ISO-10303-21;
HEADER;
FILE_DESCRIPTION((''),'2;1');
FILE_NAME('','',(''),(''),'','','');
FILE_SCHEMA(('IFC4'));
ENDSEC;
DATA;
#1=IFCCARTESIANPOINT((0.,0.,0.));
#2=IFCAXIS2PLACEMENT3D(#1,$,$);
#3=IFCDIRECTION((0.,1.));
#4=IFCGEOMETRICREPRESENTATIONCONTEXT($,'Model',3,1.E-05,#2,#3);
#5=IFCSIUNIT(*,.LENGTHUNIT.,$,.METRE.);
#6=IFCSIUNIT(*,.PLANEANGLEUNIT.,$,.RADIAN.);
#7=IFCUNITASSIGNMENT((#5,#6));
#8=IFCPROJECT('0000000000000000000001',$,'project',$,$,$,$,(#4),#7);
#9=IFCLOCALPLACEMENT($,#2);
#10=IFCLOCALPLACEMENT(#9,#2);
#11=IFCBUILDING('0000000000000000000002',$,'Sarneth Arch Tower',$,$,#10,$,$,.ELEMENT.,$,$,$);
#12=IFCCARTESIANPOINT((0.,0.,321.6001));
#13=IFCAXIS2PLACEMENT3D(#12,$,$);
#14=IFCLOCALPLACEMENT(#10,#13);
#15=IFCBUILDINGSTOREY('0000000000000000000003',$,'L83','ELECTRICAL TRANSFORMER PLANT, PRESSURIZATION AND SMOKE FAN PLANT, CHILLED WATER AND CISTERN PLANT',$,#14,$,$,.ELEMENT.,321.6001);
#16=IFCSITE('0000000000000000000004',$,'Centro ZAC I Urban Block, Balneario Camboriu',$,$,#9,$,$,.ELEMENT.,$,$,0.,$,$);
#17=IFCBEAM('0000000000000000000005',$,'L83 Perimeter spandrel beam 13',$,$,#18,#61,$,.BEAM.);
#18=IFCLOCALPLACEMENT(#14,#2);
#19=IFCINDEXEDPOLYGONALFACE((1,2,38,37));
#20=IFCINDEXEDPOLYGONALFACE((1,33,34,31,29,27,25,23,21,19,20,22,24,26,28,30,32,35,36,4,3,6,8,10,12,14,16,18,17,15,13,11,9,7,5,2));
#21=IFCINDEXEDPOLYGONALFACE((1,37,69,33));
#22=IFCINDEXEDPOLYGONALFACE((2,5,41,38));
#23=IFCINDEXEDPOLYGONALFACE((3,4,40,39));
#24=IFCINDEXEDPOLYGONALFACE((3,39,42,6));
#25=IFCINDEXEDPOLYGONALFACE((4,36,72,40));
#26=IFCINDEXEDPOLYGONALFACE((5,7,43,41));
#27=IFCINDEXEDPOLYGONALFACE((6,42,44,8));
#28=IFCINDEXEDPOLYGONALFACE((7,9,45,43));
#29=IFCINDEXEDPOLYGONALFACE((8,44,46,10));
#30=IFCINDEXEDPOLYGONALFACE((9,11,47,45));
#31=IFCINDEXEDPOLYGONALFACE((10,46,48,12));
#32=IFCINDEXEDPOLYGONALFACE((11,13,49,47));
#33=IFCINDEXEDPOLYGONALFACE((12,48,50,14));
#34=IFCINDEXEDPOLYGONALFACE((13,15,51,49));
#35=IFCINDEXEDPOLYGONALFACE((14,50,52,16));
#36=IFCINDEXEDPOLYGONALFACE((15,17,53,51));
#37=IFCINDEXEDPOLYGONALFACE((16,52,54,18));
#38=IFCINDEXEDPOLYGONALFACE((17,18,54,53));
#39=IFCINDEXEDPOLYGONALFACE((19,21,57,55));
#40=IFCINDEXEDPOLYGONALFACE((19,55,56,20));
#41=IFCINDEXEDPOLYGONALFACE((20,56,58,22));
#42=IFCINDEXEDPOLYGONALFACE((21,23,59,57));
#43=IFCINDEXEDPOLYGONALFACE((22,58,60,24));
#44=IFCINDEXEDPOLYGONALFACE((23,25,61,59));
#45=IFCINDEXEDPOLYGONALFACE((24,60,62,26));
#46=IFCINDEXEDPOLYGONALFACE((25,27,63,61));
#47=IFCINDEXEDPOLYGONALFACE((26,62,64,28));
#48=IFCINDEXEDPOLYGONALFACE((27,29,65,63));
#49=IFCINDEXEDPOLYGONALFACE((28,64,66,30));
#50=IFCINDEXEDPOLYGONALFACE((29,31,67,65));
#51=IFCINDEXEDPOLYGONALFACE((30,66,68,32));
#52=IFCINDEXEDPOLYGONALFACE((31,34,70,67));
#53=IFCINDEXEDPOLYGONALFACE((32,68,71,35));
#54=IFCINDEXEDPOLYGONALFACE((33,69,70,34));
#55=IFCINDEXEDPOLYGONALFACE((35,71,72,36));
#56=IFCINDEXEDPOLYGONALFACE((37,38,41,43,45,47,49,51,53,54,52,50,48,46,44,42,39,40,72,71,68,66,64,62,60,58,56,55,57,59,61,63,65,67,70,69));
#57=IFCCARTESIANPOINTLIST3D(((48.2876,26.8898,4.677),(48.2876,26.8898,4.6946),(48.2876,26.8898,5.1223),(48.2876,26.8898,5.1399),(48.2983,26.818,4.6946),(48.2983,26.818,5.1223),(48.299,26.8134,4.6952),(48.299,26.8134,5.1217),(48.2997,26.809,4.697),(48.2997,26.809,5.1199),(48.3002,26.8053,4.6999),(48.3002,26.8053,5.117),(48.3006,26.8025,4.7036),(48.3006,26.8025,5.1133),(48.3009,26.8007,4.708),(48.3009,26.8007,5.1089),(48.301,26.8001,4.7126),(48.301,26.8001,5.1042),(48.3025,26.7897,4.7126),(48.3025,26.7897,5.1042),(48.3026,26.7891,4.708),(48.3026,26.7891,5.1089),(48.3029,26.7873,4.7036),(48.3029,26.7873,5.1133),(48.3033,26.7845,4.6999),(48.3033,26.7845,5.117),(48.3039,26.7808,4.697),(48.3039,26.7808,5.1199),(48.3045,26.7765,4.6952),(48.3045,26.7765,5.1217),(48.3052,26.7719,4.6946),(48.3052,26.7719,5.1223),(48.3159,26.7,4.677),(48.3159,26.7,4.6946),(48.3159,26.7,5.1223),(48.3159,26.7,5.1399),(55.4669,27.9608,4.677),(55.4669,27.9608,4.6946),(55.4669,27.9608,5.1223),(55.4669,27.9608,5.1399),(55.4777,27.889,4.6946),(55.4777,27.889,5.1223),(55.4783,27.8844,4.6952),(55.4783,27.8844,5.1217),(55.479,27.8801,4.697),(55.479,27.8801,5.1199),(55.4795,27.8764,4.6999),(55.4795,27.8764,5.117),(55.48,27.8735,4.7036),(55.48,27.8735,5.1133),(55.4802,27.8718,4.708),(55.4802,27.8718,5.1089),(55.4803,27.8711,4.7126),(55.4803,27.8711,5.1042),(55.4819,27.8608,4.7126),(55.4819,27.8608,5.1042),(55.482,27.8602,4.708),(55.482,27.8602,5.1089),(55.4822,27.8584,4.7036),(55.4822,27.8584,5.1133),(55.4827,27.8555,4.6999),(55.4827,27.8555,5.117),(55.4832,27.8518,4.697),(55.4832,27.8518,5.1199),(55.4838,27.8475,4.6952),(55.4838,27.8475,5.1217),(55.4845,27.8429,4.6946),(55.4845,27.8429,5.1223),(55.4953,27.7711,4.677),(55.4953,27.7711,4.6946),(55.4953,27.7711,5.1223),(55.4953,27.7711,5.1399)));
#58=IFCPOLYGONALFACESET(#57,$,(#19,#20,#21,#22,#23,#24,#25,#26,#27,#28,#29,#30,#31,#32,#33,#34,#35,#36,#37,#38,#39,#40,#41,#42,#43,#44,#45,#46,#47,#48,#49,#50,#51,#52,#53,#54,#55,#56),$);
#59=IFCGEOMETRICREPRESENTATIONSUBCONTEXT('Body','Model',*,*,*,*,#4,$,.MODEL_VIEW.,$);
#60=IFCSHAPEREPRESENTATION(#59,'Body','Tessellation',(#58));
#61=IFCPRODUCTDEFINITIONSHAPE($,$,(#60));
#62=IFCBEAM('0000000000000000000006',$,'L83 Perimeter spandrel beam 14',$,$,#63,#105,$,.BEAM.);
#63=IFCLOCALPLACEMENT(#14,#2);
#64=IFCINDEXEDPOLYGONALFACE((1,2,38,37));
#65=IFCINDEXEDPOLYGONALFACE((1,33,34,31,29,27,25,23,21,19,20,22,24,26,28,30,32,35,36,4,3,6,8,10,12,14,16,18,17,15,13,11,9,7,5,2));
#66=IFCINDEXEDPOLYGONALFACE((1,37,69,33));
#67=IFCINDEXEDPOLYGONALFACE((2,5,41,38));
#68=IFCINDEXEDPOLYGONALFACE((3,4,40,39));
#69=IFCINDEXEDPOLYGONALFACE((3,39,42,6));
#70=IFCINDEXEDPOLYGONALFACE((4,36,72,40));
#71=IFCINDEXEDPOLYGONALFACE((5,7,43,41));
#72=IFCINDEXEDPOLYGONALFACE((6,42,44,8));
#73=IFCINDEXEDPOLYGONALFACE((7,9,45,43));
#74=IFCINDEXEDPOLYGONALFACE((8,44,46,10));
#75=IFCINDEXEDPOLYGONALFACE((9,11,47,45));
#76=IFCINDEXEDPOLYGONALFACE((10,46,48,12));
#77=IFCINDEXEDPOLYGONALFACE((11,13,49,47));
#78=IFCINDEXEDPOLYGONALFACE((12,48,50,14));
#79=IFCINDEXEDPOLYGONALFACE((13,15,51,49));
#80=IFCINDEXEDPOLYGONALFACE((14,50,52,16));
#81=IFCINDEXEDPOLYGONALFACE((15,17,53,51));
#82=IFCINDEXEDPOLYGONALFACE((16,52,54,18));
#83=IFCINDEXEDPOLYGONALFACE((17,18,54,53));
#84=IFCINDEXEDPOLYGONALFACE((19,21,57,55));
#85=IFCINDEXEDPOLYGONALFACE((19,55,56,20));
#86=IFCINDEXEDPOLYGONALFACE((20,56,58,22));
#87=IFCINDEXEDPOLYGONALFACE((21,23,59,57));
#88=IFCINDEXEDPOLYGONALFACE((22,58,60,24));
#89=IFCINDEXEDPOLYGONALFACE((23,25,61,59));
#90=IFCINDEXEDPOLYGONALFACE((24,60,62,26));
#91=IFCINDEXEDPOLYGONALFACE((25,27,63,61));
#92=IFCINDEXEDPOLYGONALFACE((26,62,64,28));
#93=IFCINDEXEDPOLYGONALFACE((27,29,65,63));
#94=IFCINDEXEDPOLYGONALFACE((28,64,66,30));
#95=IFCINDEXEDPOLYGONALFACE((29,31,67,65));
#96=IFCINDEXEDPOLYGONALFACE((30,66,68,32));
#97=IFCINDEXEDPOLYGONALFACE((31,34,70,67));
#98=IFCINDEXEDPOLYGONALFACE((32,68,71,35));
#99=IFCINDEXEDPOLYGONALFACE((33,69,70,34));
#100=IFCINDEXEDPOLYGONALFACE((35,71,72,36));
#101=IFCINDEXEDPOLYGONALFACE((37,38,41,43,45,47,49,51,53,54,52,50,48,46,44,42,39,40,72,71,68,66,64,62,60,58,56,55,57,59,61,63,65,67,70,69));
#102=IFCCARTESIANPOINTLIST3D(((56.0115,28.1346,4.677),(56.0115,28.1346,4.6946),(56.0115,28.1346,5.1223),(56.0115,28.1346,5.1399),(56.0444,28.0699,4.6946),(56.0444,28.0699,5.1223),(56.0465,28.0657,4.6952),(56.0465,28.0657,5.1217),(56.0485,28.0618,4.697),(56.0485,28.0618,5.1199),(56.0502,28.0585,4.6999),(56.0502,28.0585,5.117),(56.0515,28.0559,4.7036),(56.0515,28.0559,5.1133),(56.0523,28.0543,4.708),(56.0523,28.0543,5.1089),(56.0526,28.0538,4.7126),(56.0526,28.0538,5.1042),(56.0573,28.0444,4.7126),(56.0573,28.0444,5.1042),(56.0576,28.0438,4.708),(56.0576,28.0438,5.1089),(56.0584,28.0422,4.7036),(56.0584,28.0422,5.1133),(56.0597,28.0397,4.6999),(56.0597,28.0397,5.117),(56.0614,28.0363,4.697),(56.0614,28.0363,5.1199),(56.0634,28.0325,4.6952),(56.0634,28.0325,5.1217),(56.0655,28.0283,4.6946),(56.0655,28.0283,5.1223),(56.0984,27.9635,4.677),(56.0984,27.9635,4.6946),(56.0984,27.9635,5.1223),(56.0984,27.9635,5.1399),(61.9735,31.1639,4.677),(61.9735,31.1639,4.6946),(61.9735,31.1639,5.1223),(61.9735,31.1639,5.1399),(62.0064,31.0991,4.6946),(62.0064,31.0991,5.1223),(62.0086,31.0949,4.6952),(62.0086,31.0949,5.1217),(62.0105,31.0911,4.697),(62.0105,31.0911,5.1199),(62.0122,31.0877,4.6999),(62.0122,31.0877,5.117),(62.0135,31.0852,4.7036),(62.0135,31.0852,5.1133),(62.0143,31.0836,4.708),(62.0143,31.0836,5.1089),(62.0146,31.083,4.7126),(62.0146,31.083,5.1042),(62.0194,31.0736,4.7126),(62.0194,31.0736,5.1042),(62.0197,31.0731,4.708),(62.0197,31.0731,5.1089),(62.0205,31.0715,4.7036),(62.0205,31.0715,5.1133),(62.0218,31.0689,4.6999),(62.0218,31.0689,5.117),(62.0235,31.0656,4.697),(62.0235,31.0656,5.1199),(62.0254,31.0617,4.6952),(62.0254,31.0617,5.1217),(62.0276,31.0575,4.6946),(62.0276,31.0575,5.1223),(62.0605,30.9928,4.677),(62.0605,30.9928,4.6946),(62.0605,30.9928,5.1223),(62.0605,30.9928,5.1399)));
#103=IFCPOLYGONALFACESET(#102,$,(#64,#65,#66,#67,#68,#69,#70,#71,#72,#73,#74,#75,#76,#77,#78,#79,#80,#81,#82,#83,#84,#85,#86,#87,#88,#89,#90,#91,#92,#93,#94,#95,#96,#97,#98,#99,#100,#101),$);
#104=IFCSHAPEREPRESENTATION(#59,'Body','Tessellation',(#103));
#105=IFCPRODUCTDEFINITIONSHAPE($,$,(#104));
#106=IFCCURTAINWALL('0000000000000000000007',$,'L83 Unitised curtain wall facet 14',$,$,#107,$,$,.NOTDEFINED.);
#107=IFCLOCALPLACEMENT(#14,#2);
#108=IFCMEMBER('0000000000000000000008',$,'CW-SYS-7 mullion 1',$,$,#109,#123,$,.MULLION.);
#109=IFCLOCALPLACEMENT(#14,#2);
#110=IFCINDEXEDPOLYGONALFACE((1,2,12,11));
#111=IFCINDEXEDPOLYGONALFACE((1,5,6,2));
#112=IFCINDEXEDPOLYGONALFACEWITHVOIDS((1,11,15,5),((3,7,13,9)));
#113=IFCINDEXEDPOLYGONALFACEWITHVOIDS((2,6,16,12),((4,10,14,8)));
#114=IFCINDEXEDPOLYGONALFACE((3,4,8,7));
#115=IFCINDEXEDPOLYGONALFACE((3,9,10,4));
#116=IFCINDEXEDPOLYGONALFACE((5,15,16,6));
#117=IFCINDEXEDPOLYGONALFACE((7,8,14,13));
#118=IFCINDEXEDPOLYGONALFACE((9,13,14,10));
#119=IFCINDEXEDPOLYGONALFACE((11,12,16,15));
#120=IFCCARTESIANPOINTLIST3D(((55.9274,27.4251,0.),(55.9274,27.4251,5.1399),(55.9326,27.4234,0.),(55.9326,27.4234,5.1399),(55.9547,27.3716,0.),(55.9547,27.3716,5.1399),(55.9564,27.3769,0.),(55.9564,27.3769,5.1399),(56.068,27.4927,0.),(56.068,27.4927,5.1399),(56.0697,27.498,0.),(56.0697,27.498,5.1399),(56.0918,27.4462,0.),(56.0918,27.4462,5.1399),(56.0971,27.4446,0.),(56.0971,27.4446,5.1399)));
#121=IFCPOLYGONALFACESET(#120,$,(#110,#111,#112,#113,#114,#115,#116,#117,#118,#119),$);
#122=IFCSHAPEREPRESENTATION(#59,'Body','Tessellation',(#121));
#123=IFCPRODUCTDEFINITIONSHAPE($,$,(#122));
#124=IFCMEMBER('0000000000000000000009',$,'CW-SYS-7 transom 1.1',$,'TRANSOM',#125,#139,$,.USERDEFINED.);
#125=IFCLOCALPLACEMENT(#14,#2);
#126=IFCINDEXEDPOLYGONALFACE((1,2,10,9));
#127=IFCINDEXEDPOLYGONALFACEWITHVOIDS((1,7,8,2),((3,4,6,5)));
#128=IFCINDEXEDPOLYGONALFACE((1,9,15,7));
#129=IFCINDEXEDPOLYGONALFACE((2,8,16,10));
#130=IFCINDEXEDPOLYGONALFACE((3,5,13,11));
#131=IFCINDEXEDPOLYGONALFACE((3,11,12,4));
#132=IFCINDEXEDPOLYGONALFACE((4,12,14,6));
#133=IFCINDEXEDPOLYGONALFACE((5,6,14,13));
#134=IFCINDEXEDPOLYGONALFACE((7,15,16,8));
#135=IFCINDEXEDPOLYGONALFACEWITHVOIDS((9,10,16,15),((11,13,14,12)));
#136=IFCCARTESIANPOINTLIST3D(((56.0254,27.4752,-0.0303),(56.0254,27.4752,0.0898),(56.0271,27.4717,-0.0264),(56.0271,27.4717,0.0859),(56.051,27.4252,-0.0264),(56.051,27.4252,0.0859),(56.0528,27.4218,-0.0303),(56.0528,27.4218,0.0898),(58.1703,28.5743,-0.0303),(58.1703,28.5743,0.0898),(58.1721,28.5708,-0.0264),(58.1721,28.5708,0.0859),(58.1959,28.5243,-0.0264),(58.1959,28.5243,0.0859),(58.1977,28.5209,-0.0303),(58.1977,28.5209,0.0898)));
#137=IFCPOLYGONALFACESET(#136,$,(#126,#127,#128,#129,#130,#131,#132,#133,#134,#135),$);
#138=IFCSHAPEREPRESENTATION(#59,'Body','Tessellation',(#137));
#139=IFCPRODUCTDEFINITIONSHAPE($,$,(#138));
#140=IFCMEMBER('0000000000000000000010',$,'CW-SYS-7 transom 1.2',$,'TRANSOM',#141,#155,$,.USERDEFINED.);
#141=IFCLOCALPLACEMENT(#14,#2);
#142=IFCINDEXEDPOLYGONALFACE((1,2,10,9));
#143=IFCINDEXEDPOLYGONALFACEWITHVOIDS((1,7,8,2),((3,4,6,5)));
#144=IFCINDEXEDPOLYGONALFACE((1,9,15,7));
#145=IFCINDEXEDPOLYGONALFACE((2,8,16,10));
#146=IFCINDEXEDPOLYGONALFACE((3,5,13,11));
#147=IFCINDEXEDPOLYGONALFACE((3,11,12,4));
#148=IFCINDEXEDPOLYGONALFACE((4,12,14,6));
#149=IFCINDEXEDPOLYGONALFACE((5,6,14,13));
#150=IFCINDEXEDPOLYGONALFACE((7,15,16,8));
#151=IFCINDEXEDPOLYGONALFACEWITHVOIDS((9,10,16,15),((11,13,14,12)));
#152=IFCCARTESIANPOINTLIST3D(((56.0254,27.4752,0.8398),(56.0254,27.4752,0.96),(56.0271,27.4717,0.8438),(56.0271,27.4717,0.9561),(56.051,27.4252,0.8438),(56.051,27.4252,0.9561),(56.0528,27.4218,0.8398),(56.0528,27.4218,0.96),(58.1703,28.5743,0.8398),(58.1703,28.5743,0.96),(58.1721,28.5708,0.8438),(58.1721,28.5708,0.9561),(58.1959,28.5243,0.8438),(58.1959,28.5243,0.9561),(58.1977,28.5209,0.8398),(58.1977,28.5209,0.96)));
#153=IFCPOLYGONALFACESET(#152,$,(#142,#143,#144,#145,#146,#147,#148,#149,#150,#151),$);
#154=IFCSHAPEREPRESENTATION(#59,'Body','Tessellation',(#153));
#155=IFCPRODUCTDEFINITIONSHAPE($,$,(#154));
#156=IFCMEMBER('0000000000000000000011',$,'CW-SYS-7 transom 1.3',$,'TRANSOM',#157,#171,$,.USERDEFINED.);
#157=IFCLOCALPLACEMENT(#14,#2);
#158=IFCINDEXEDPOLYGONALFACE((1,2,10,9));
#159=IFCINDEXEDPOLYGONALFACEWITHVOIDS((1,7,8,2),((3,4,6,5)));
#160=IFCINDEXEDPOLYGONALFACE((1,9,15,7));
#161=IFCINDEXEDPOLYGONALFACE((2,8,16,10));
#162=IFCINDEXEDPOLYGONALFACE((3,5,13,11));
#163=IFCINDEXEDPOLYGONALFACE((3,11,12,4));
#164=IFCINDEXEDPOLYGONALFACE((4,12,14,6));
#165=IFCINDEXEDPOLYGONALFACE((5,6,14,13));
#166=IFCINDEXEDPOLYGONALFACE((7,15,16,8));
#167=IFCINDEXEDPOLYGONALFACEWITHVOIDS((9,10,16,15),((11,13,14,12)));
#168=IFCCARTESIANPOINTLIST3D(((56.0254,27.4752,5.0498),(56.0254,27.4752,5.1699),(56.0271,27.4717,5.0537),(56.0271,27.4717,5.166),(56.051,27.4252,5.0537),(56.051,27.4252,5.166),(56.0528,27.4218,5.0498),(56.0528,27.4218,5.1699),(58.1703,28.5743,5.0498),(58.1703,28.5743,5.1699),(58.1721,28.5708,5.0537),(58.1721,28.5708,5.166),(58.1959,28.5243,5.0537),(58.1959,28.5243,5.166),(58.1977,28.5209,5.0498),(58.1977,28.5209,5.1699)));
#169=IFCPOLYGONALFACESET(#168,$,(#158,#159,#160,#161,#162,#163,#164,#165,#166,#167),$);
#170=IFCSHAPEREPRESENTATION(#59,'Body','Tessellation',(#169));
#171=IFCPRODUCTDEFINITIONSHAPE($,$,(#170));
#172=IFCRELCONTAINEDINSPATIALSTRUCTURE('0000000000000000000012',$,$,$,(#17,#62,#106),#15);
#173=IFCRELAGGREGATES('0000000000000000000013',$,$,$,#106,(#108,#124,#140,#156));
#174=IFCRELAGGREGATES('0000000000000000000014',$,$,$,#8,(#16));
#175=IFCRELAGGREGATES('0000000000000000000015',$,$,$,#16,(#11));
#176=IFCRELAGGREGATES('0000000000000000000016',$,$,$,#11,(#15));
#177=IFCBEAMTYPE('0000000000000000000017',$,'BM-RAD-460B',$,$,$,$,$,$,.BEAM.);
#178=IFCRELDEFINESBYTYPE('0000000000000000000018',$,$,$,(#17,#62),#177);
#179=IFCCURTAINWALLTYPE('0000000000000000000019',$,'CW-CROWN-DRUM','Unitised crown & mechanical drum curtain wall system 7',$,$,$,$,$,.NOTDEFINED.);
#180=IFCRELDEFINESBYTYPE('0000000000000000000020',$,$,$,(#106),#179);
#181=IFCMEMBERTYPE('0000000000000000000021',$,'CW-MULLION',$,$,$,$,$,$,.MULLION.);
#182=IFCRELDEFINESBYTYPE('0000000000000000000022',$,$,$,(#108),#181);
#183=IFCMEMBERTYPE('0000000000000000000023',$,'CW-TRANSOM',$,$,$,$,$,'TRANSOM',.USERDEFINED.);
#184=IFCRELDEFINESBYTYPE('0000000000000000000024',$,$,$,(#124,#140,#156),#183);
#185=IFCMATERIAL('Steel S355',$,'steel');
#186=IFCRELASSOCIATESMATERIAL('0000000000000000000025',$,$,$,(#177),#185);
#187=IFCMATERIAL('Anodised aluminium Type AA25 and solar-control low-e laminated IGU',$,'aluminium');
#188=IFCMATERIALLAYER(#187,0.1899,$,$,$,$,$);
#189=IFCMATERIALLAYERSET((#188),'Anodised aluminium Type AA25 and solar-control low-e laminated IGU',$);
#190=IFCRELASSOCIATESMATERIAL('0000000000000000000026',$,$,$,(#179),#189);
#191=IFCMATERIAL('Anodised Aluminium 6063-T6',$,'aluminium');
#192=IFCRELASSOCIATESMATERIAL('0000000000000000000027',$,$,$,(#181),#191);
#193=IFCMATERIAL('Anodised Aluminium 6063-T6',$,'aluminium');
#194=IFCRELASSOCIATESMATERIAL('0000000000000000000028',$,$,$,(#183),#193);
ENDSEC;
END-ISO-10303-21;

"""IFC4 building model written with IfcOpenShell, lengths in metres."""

from ifc_helpers import new_model, si_unit, direction, frame, origin, origin_2d, place, context, subcontext, project, spatial, hollow_rectangle, i_section, extrude, material, layer, layer_set, material_profile, profile_set, type_object, element, aggregate, save


model = new_model("IFC4")

# Units and contexts
model_context = context("Model", 3, precision=1e-05, world=origin(), true_north=direction((0.0, 1.0)))
body_context = subcontext(model_context, "Body", "Model", "MODEL_VIEW")
ifc_project = project(units=[si_unit("LENGTHUNIT", "METRE"), si_unit("PLANEANGLEUNIT", "RADIAN")], contexts=[model_context])

# Site, building, storey
site_placement = place(None, origin())
site = spatial("IfcSite", under=ifc_project, at=site_placement, Name="Centro ZAC I Urban Block, Balneario Camboriu", CompositionType="ELEMENT", RefElevation=0.0)
building_placement = place(site_placement, origin())
building = spatial("IfcBuilding", under=site, at=building_placement, Name="Sarneth Arch Tower", CompositionType="ELEMENT")
storey_placement = place(building_placement, frame((0.0, 0.0, 321.6001)))
storey = spatial("IfcBuildingStorey", under=building, at=storey_placement, Name="L83", Description="ELECTRICAL TRANSFORMER PLANT, PRESSURIZATION AND SMOKE FAN PLANT, CHILLED WATER AND CISTERN PLANT", CompositionType="ELEMENT", Elevation=321.6001)

# Beams
ifc_material_1 = material(Name="Steel S355", Category="steel")
ifc_material_profile_1 = material_profile(ifc_material_1, i_section(OverallWidth=0.1919, OverallDepth=0.4629, WebThickness=0.0105, FlangeThickness=0.0176, FilletRadius=0.0181, at=origin_2d()), Name="W460x89")
ifc_profile_set_1 = profile_set([ifc_material_profile_1], Name="Steel S355")
beam_type_1 = type_object("IfcBeamType", Name="BM-RAD-460B", PredefinedType="BEAM", material=ifc_profile_set_1)
beam_1_placement = place(storey_placement, frame((48.3018, 26.7949, 4.9084), z_axis=(0.989055, 0.147549, 0.0), x_axis=(-0.147549, 0.989055, 0.0)))
element("IfcBeam", 1, at=beam_1_placement, inside=storey, type_object=beam_type_1, Name="L83 Perimeter spandrel beam 13", PredefinedType="BEAM", context=body_context, shape_type="SweptSolid", body=[
    extrude(i_section(OverallWidth=0.1919, OverallDepth=0.4629, WebThickness=0.0105, FlangeThickness=0.0176, FilletRadius=0.0181, at=origin_2d()), origin(), (0.0, 0.0, 1.0), 7.2588),
])
beam_2_placement = place(storey_placement, frame((56.0549, 28.0491, 4.9084), z_axis=(0.891525, 0.452972, 0.0), x_axis=(-0.452972, 0.891525, 0.0)))
element("IfcBeam", 2, at=beam_2_placement, inside=storey, type_object=beam_type_1, Name="L83 Perimeter spandrel beam 14", PredefinedType="BEAM", context=body_context, shape_type="SweptSolid", body=[
    extrude(i_section(OverallWidth=0.1919, OverallDepth=0.4629, WebThickness=0.0105, FlangeThickness=0.0176, FilletRadius=0.0181, at=origin_2d()), origin(), (0.0, 0.0, 1.0), 6.6875),
])

# Curtain wall, members
ifc_material_2 = material(Name="Anodised aluminium Type AA25 and solar-control low-e laminated IGU", Category="aluminium")
ifc_layer_1 = layer(ifc_material_2, 0.1899)
ifc_layer_set_1 = layer_set([ifc_layer_1], Name="Anodised aluminium Type AA25 and solar-control low-e laminated IGU")
curtain_wall_type = type_object("IfcCurtainWallType", Name="CW-CROWN-DRUM", Description="Unitised crown & mechanical drum curtain wall system 7", PredefinedType="NOTDEFINED", material=ifc_layer_set_1)
curtain_wall_placement = place(storey_placement, origin())
curtain_wall = element("IfcCurtainWall", 3, at=curtain_wall_placement, inside=storey, type_object=curtain_wall_type, Name="L83 Unitised curtain wall facet 14", PredefinedType="NOTDEFINED")
ifc_material_3 = material(Name="Anodised Aluminium 6063-T6", Category="aluminium")
ifc_material_profile_2 = material_profile(ifc_material_3, hollow_rectangle(XDim=0.0601, YDim=0.1599, WallThickness=0.0039, at=origin_2d()), Name="AL-MULL-160x60x4")
ifc_profile_set_2 = profile_set([ifc_material_profile_2], Name="Anodised Aluminium 6063-T6")
member_type_1 = type_object("IfcMemberType", Name="CW-MULLION", PredefinedType="MULLION", material=ifc_profile_set_2)
member_1_placement = place(storey_placement, frame((56.0122, 27.4348, 0.0), z_axis=(0.0, 0.0, 1.0), x_axis=(-0.45604, 0.889959, 0.0)))
member_1 = element("IfcMember", 4, at=member_1_placement, type_object=member_type_1, Name="CW-SYS-7 mullion 1", PredefinedType="MULLION", context=body_context, shape_type="SweptSolid", body=[
    extrude(hollow_rectangle(XDim=0.0601, YDim=0.1599, WallThickness=0.0039, at=origin_2d()), origin(), (0.0, 0.0, 1.0), 5.1399),
])
ifc_material_4 = material(Name="Anodised Aluminium 6063-T6", Category="aluminium")
ifc_material_profile_3 = material_profile(ifc_material_4, hollow_rectangle(XDim=0.0601, YDim=0.1201, WallThickness=0.0039, at=origin_2d()), Name="AL-TRAN-120x60x4")
ifc_profile_set_3 = profile_set([ifc_material_profile_3], Name="Anodised Aluminium 6063-T6")
member_type_2 = type_object("IfcMemberType", Name="CW-TRANSOM", ElementType="TRANSOM", PredefinedType="USERDEFINED", material=ifc_profile_set_3)
member_2_placement = place(storey_placement, frame((56.0391, 27.4485, 0.0298), z_axis=(0.889967, 0.456025, 0.0), x_axis=(-0.456025, 0.889967, 0.0)))
member_2 = element("IfcMember", 5, at=member_2_placement, type_object=member_type_2, Name="CW-SYS-7 transom 1.1", ObjectType="TRANSOM", PredefinedType="USERDEFINED", context=body_context, shape_type="SweptSolid", body=[
    extrude(hollow_rectangle(XDim=0.0601, YDim=0.1201, WallThickness=0.0039, at=origin_2d()), origin(), (0.0, 0.0, 1.0), 2.4102),
])
member_3_placement = place(storey_placement, frame((56.0391, 27.4485, 0.8999), z_axis=(0.889967, 0.456025, 0.0), x_axis=(-0.456025, 0.889967, 0.0)))
member_3 = element("IfcMember", 6, at=member_3_placement, type_object=member_type_2, Name="CW-SYS-7 transom 1.2", ObjectType="TRANSOM", PredefinedType="USERDEFINED", context=body_context, shape_type="SweptSolid", body=[
    extrude(hollow_rectangle(XDim=0.0601, YDim=0.1201, WallThickness=0.0039, at=origin_2d()), origin(), (0.0, 0.0, 1.0), 2.4102),
])
member_4_placement = place(storey_placement, frame((56.0391, 27.4485, 5.1099), z_axis=(0.889967, 0.456025, 0.0), x_axis=(-0.456025, 0.889967, 0.0)))
member_4 = element("IfcMember", 7, at=member_4_placement, type_object=member_type_2, Name="CW-SYS-7 transom 1.3", ObjectType="TRANSOM", PredefinedType="USERDEFINED", context=body_context, shape_type="SweptSolid", body=[
    extrude(hollow_rectangle(XDim=0.0601, YDim=0.1201, WallThickness=0.0039, at=origin_2d()), origin(), (0.0, 0.0, 1.0), 2.4102),
])

aggregate(curtain_wall, [member_1, member_2, member_3, member_4])

save(model, "model.ifc")
